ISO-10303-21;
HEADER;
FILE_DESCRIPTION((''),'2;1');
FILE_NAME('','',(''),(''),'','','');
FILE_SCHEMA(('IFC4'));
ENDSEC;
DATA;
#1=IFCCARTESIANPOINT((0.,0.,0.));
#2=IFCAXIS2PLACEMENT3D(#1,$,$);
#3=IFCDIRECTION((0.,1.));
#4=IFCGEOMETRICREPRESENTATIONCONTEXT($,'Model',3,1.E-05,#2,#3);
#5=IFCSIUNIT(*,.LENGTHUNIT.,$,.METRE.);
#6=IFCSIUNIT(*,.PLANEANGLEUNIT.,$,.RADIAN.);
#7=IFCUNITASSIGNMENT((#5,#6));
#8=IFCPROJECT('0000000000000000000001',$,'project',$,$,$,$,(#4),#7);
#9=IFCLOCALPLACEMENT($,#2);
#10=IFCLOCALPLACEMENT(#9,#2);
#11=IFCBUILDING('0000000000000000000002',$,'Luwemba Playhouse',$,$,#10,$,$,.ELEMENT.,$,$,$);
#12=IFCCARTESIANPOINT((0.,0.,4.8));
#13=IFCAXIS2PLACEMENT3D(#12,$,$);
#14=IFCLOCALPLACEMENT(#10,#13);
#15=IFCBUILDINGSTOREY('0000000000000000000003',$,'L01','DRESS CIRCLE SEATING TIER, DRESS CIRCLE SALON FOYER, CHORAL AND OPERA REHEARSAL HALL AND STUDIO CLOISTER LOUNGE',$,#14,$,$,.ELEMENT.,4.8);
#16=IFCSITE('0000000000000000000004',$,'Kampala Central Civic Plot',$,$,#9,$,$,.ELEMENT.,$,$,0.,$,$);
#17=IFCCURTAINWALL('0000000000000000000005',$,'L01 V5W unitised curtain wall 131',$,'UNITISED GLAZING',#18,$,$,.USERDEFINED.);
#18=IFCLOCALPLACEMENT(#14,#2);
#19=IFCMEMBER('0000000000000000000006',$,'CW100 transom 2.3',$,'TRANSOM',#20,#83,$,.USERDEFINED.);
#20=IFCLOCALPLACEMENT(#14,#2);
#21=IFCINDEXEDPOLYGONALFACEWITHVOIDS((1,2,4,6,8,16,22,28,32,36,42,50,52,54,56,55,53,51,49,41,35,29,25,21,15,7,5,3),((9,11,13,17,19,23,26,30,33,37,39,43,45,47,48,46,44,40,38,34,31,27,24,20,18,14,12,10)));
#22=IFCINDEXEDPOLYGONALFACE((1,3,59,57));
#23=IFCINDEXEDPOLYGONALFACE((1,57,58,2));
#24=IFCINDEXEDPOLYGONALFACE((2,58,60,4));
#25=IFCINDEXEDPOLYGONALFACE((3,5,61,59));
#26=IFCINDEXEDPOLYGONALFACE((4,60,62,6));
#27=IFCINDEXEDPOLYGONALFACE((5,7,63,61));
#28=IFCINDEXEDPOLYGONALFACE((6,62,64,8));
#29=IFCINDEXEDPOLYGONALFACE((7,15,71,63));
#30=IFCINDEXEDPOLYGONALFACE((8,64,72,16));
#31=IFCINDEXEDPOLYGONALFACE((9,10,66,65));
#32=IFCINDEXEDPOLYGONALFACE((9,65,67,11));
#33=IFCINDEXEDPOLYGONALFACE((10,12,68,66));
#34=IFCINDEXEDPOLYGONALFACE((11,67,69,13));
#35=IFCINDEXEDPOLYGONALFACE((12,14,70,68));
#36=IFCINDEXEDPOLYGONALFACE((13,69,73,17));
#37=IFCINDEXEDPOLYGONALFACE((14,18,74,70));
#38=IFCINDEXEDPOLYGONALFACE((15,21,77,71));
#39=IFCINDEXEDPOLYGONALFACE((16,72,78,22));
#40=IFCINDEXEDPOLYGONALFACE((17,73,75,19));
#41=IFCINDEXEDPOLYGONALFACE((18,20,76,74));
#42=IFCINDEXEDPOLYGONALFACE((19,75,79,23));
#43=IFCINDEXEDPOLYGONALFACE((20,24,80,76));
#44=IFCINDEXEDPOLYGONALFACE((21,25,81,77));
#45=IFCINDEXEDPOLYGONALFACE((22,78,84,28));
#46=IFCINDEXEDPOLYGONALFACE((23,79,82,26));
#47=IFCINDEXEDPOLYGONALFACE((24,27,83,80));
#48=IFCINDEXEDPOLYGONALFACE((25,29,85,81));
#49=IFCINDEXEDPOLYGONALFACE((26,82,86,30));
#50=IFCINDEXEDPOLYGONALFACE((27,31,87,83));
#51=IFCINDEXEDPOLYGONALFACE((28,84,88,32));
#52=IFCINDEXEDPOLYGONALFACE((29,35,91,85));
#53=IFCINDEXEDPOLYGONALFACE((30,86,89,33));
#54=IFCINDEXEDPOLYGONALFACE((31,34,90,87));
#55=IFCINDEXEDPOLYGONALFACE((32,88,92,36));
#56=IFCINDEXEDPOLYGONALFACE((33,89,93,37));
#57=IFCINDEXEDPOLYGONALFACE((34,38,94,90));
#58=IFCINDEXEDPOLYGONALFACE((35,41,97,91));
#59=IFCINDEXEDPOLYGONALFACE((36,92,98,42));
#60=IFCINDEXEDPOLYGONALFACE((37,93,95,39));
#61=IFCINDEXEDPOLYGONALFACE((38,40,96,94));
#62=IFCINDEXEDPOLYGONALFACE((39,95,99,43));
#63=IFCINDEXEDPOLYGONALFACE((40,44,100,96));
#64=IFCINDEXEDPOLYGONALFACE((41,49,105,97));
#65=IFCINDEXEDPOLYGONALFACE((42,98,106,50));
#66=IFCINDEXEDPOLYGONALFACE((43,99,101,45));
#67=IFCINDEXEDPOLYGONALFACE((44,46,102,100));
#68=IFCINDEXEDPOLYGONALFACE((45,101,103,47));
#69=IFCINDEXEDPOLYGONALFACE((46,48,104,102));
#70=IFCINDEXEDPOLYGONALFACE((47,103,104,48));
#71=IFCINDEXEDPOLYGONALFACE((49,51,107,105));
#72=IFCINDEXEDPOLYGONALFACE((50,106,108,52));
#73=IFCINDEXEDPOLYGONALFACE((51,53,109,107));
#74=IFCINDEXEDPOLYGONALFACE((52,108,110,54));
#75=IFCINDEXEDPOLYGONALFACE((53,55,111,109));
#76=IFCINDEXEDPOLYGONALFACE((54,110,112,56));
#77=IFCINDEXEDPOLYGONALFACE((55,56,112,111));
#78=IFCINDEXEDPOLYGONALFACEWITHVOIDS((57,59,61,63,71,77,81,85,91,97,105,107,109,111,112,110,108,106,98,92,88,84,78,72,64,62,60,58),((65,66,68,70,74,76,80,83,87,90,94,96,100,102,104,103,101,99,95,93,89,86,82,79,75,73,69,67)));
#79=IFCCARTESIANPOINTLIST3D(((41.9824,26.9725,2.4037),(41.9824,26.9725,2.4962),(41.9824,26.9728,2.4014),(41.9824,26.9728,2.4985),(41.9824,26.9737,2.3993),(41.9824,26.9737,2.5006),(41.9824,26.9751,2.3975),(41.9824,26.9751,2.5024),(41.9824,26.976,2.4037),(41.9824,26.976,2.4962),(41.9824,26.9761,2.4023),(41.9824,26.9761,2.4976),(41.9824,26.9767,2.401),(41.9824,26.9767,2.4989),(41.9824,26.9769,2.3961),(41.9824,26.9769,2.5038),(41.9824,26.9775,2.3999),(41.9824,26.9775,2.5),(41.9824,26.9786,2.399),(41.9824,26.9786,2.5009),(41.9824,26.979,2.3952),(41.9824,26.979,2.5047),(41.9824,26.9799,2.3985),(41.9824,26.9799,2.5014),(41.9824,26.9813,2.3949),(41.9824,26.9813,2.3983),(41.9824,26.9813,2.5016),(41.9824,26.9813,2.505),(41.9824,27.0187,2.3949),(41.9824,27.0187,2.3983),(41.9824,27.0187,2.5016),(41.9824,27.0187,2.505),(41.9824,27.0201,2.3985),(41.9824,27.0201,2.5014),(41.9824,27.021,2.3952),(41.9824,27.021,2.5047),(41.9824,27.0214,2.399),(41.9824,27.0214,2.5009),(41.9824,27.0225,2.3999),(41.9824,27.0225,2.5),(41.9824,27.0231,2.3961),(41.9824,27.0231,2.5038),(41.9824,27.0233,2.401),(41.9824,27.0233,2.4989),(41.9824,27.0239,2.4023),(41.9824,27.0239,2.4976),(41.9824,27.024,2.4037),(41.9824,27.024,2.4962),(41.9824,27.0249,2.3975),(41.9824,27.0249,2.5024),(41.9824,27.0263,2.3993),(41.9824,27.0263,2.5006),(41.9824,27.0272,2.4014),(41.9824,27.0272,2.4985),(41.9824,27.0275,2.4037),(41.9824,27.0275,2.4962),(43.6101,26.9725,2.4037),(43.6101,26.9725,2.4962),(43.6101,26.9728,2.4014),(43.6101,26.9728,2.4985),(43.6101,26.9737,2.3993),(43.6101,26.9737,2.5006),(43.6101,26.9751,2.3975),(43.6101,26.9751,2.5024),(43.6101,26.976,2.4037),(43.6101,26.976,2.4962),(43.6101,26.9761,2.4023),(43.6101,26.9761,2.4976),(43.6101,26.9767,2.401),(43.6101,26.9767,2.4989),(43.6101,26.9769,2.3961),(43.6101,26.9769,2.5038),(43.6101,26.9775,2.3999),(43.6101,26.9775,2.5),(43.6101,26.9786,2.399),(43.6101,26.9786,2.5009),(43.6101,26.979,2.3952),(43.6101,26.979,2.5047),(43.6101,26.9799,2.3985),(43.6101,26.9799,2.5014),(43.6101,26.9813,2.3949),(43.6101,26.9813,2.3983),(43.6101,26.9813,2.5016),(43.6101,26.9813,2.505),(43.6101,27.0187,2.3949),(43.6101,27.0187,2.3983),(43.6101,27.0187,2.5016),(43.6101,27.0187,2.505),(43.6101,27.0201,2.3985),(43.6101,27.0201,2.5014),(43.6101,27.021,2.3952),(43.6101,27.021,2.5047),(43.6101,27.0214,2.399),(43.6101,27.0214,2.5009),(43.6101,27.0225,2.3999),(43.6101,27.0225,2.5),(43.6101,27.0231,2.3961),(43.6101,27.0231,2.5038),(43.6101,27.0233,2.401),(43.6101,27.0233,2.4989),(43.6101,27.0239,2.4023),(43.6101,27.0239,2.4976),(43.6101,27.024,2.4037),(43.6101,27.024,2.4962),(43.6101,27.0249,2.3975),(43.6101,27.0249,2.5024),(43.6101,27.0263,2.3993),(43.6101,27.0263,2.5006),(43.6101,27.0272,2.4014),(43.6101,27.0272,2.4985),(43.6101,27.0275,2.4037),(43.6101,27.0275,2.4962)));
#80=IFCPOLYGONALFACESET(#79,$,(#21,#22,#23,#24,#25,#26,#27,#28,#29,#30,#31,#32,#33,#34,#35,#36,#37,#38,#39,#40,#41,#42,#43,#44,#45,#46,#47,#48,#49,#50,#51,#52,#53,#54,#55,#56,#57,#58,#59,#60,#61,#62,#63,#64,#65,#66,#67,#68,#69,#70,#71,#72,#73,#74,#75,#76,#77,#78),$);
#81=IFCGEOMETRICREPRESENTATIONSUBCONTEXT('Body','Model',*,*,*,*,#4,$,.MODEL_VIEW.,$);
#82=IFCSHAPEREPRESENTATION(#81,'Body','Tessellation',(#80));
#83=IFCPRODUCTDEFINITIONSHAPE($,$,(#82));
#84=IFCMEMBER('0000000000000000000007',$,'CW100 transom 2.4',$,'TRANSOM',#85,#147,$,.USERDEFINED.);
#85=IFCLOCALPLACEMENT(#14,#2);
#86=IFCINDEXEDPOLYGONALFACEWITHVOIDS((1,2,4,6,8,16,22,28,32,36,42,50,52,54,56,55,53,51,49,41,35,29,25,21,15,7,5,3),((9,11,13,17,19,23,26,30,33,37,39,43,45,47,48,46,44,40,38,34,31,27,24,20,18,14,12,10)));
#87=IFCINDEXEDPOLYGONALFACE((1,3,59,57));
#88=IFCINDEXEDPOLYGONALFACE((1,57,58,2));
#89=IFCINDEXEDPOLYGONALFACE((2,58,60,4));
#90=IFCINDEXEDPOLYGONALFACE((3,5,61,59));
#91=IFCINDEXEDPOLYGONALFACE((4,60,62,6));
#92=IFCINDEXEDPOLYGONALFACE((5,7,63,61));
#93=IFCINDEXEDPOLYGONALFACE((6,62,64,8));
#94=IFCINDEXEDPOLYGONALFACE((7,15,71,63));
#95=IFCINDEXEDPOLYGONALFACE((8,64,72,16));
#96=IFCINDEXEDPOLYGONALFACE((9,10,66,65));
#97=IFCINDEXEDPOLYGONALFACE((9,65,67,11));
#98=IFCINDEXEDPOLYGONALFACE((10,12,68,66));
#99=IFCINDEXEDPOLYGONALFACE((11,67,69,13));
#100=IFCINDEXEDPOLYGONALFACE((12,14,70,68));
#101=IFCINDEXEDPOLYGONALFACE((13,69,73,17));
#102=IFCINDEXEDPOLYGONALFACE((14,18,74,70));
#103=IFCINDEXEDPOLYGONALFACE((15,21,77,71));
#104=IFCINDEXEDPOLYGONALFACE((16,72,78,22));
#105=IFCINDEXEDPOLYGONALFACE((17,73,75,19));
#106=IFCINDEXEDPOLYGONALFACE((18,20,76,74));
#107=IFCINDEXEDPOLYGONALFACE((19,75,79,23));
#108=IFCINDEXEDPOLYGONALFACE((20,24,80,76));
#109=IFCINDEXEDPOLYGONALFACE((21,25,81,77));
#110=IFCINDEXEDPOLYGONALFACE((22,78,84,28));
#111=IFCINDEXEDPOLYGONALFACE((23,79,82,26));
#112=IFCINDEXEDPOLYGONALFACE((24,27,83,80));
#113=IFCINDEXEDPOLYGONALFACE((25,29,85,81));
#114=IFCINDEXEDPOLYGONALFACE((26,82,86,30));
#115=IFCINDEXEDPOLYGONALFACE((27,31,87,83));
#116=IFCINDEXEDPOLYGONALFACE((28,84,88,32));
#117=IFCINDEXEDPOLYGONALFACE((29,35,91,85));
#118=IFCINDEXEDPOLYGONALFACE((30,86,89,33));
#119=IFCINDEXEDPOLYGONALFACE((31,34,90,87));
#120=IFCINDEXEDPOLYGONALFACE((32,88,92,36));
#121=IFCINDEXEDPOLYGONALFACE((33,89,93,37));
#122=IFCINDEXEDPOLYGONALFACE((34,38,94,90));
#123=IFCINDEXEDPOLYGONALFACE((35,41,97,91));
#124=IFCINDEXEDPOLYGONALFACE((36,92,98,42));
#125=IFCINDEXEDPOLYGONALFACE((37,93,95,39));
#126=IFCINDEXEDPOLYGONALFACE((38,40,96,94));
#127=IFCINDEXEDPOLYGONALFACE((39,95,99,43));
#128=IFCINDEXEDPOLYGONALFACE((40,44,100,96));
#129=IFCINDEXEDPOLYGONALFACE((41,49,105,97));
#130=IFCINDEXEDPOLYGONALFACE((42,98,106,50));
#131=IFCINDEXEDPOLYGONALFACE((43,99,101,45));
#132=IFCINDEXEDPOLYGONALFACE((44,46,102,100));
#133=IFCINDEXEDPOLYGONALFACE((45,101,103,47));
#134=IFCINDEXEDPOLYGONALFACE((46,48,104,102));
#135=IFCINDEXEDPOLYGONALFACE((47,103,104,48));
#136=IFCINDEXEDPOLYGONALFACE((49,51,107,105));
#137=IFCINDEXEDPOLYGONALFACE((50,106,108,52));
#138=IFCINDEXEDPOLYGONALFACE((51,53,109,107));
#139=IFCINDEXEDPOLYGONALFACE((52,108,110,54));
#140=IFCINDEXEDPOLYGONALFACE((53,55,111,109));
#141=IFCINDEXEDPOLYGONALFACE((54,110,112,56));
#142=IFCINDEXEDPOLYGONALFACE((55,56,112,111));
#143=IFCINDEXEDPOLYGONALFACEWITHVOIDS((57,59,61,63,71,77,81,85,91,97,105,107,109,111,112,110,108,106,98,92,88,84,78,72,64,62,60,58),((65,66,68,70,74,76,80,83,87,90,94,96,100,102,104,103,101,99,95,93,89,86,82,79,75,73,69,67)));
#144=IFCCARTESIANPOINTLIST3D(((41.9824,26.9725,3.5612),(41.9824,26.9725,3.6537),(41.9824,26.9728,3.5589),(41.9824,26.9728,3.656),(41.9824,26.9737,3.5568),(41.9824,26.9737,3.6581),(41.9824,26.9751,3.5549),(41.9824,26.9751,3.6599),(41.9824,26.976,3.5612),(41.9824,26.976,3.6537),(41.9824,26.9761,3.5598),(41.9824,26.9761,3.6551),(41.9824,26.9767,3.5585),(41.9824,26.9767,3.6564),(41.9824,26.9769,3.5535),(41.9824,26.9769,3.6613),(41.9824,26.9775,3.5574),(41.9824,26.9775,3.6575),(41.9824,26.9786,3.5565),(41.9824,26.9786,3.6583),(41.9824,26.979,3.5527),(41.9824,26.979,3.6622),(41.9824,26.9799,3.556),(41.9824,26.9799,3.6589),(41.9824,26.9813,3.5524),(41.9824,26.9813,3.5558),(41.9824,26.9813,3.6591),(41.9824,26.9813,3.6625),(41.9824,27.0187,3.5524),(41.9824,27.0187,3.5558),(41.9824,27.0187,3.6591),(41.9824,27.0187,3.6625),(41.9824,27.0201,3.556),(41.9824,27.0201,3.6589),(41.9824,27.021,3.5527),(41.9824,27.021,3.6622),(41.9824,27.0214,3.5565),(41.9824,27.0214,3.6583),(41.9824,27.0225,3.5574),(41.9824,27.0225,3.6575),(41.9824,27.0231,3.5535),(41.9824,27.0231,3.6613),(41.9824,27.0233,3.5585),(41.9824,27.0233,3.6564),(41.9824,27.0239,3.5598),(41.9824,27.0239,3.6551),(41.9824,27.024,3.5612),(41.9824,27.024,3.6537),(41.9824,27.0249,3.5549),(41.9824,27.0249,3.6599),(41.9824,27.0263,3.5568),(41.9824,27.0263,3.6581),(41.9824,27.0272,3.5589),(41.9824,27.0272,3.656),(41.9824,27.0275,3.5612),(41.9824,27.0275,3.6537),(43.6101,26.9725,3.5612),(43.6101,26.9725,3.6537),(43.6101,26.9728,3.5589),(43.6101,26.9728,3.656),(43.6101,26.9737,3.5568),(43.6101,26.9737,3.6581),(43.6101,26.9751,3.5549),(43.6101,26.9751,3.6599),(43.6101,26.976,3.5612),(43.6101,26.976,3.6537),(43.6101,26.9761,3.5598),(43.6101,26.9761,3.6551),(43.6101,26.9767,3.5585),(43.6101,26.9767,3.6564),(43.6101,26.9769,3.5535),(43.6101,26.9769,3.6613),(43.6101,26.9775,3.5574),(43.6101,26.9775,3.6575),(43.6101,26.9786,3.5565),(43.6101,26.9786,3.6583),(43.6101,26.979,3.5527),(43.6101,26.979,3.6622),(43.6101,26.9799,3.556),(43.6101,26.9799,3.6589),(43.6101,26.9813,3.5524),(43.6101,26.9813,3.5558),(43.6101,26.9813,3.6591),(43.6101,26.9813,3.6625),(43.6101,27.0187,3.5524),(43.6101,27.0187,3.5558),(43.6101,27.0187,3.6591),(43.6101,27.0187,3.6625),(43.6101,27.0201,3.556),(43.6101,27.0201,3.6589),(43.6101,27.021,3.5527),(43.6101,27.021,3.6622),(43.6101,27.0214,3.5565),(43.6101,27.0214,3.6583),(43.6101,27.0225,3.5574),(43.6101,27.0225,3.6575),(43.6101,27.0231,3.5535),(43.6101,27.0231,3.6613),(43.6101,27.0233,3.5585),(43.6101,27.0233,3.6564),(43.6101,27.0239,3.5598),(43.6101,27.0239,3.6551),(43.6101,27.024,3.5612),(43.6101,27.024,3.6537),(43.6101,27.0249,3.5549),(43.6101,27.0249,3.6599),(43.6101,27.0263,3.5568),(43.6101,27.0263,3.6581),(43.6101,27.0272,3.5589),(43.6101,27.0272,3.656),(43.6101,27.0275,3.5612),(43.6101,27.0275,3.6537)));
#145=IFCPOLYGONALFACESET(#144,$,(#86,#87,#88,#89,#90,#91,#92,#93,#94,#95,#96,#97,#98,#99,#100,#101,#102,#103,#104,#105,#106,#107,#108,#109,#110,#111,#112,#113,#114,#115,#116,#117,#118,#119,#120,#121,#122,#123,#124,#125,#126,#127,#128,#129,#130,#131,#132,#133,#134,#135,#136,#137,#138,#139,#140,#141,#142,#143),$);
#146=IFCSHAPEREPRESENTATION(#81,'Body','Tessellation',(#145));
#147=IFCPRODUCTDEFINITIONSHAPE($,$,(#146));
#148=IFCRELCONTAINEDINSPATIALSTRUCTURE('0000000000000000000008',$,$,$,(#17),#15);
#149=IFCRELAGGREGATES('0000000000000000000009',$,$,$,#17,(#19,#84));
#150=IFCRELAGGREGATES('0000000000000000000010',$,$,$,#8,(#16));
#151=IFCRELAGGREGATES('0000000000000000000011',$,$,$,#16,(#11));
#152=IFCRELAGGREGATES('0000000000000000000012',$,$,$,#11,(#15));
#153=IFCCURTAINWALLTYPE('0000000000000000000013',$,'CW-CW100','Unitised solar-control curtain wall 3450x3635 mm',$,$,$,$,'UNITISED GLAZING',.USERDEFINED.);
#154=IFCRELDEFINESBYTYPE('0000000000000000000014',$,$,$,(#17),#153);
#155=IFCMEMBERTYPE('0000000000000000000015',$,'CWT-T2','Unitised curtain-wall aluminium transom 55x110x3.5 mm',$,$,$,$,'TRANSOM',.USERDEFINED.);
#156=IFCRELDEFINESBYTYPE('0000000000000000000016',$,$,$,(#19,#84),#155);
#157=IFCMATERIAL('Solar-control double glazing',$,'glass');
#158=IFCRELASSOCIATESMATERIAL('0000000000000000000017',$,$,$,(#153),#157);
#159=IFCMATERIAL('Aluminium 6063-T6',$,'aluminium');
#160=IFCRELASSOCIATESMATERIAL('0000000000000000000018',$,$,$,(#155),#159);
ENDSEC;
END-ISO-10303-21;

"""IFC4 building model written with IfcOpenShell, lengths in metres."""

from ifc_helpers import new_model, si_unit, direction, frame, origin, origin_2d, place, context, subcontext, project, spatial, hollow_rectangle, extrude, material, material_profile, profile_set, type_object, element, aggregate, save


model = new_model("IFC4")

# Units and contexts
model_context = context("Model", 3, precision=1e-05, world=origin(), true_north=direction((0.0, 1.0)))
body_context = subcontext(model_context, "Body", "Model", "MODEL_VIEW")
ifc_project = project(units=[si_unit("LENGTHUNIT", "METRE"), si_unit("PLANEANGLEUNIT", "RADIAN")], contexts=[model_context])

# Site, building, storey
site_placement = place(None, origin())
site = spatial("IfcSite", under=ifc_project, at=site_placement, Name="Kampala Central Civic Plot", CompositionType="ELEMENT", RefElevation=0.0)
building_placement = place(site_placement, origin())
building = spatial("IfcBuilding", under=site, at=building_placement, Name="Luwemba Playhouse", CompositionType="ELEMENT")
storey_placement = place(building_placement, frame((0.0, 0.0, 4.8)))
storey = spatial("IfcBuildingStorey", under=building, at=storey_placement, Name="L01", Description="DRESS CIRCLE SEATING TIER, DRESS CIRCLE SALON FOYER, CHORAL AND OPERA REHEARSAL HALL AND STUDIO CLOISTER LOUNGE", CompositionType="ELEMENT", Elevation=4.8)

# Curtain wall
ifc_material_1 = material(Name="Solar-control double glazing", Category="glass")
curtain_wall_type_1 = type_object("IfcCurtainWallType", Name="CW-CW100", Description="Unitised solar-control curtain wall 3450x3635 mm", ElementType="UNITISED GLAZING", PredefinedType="USERDEFINED", material=ifc_material_1)
curtain_wall_1_placement = place(storey_placement, origin())
curtain_wall_1 = element("IfcCurtainWall", 1, at=curtain_wall_1_placement, inside=storey, type_object=curtain_wall_type_1, Name="L01 V5W unitised curtain wall 131", ObjectType="UNITISED GLAZING", PredefinedType="USERDEFINED")
ifc_material_2 = material(Name="Aluminium 6063-T6", Category="aluminium")

# Members
ifc_material_profile_1 = material_profile(ifc_material_2, hollow_rectangle(XDim=0.0549, YDim=0.1101, WallThickness=0.0034, InnerFilletRadius=0.0054, OuterFilletRadius=0.0088, at=origin_2d()))
ifc_profile_set_1 = profile_set([ifc_material_profile_1], Name="Aluminium 6063-T6")
member_type_1 = type_object("IfcMemberType", Name="CWT-T2", Description="Unitised curtain-wall aluminium transom 55x110x3.5 mm", ElementType="TRANSOM", PredefinedType="USERDEFINED", material=ifc_profile_set_1)
member_1_placement = place(storey_placement, frame((41.9824, 27.0, 2.45), z_axis=(1.0, 0.0, 0.0), x_axis=(0.0, 1.0, 0.0)))
member_1 = element("IfcMember", 2, at=member_1_placement, type_object=member_type_1, Name="CW100 transom 2.3", ObjectType="TRANSOM", PredefinedType="USERDEFINED", context=body_context, shape_type="SweptSolid", body=[
    extrude(hollow_rectangle(XDim=0.0549, YDim=0.1101, WallThickness=0.0034, InnerFilletRadius=0.0054, OuterFilletRadius=0.0088, at=origin_2d()), origin(), (0.0, 0.0, 1.0), 1.6277),
])
member_2_placement = place(storey_placement, frame((41.9824, 27.0, 3.6074), z_axis=(1.0, 0.0, 0.0), x_axis=(0.0, 1.0, 0.0)))
member_2 = element("IfcMember", 3, at=member_2_placement, type_object=member_type_1, Name="CW100 transom 2.4", ObjectType="TRANSOM", PredefinedType="USERDEFINED", context=body_context, shape_type="SweptSolid", body=[
    extrude(hollow_rectangle(XDim=0.0549, YDim=0.1101, WallThickness=0.0034, InnerFilletRadius=0.0054, OuterFilletRadius=0.0088, at=origin_2d()), origin(), (0.0, 0.0, 1.0), 1.6277),
])

aggregate(curtain_wall_1, [member_1, member_2])

save(model, "model.ifc")
